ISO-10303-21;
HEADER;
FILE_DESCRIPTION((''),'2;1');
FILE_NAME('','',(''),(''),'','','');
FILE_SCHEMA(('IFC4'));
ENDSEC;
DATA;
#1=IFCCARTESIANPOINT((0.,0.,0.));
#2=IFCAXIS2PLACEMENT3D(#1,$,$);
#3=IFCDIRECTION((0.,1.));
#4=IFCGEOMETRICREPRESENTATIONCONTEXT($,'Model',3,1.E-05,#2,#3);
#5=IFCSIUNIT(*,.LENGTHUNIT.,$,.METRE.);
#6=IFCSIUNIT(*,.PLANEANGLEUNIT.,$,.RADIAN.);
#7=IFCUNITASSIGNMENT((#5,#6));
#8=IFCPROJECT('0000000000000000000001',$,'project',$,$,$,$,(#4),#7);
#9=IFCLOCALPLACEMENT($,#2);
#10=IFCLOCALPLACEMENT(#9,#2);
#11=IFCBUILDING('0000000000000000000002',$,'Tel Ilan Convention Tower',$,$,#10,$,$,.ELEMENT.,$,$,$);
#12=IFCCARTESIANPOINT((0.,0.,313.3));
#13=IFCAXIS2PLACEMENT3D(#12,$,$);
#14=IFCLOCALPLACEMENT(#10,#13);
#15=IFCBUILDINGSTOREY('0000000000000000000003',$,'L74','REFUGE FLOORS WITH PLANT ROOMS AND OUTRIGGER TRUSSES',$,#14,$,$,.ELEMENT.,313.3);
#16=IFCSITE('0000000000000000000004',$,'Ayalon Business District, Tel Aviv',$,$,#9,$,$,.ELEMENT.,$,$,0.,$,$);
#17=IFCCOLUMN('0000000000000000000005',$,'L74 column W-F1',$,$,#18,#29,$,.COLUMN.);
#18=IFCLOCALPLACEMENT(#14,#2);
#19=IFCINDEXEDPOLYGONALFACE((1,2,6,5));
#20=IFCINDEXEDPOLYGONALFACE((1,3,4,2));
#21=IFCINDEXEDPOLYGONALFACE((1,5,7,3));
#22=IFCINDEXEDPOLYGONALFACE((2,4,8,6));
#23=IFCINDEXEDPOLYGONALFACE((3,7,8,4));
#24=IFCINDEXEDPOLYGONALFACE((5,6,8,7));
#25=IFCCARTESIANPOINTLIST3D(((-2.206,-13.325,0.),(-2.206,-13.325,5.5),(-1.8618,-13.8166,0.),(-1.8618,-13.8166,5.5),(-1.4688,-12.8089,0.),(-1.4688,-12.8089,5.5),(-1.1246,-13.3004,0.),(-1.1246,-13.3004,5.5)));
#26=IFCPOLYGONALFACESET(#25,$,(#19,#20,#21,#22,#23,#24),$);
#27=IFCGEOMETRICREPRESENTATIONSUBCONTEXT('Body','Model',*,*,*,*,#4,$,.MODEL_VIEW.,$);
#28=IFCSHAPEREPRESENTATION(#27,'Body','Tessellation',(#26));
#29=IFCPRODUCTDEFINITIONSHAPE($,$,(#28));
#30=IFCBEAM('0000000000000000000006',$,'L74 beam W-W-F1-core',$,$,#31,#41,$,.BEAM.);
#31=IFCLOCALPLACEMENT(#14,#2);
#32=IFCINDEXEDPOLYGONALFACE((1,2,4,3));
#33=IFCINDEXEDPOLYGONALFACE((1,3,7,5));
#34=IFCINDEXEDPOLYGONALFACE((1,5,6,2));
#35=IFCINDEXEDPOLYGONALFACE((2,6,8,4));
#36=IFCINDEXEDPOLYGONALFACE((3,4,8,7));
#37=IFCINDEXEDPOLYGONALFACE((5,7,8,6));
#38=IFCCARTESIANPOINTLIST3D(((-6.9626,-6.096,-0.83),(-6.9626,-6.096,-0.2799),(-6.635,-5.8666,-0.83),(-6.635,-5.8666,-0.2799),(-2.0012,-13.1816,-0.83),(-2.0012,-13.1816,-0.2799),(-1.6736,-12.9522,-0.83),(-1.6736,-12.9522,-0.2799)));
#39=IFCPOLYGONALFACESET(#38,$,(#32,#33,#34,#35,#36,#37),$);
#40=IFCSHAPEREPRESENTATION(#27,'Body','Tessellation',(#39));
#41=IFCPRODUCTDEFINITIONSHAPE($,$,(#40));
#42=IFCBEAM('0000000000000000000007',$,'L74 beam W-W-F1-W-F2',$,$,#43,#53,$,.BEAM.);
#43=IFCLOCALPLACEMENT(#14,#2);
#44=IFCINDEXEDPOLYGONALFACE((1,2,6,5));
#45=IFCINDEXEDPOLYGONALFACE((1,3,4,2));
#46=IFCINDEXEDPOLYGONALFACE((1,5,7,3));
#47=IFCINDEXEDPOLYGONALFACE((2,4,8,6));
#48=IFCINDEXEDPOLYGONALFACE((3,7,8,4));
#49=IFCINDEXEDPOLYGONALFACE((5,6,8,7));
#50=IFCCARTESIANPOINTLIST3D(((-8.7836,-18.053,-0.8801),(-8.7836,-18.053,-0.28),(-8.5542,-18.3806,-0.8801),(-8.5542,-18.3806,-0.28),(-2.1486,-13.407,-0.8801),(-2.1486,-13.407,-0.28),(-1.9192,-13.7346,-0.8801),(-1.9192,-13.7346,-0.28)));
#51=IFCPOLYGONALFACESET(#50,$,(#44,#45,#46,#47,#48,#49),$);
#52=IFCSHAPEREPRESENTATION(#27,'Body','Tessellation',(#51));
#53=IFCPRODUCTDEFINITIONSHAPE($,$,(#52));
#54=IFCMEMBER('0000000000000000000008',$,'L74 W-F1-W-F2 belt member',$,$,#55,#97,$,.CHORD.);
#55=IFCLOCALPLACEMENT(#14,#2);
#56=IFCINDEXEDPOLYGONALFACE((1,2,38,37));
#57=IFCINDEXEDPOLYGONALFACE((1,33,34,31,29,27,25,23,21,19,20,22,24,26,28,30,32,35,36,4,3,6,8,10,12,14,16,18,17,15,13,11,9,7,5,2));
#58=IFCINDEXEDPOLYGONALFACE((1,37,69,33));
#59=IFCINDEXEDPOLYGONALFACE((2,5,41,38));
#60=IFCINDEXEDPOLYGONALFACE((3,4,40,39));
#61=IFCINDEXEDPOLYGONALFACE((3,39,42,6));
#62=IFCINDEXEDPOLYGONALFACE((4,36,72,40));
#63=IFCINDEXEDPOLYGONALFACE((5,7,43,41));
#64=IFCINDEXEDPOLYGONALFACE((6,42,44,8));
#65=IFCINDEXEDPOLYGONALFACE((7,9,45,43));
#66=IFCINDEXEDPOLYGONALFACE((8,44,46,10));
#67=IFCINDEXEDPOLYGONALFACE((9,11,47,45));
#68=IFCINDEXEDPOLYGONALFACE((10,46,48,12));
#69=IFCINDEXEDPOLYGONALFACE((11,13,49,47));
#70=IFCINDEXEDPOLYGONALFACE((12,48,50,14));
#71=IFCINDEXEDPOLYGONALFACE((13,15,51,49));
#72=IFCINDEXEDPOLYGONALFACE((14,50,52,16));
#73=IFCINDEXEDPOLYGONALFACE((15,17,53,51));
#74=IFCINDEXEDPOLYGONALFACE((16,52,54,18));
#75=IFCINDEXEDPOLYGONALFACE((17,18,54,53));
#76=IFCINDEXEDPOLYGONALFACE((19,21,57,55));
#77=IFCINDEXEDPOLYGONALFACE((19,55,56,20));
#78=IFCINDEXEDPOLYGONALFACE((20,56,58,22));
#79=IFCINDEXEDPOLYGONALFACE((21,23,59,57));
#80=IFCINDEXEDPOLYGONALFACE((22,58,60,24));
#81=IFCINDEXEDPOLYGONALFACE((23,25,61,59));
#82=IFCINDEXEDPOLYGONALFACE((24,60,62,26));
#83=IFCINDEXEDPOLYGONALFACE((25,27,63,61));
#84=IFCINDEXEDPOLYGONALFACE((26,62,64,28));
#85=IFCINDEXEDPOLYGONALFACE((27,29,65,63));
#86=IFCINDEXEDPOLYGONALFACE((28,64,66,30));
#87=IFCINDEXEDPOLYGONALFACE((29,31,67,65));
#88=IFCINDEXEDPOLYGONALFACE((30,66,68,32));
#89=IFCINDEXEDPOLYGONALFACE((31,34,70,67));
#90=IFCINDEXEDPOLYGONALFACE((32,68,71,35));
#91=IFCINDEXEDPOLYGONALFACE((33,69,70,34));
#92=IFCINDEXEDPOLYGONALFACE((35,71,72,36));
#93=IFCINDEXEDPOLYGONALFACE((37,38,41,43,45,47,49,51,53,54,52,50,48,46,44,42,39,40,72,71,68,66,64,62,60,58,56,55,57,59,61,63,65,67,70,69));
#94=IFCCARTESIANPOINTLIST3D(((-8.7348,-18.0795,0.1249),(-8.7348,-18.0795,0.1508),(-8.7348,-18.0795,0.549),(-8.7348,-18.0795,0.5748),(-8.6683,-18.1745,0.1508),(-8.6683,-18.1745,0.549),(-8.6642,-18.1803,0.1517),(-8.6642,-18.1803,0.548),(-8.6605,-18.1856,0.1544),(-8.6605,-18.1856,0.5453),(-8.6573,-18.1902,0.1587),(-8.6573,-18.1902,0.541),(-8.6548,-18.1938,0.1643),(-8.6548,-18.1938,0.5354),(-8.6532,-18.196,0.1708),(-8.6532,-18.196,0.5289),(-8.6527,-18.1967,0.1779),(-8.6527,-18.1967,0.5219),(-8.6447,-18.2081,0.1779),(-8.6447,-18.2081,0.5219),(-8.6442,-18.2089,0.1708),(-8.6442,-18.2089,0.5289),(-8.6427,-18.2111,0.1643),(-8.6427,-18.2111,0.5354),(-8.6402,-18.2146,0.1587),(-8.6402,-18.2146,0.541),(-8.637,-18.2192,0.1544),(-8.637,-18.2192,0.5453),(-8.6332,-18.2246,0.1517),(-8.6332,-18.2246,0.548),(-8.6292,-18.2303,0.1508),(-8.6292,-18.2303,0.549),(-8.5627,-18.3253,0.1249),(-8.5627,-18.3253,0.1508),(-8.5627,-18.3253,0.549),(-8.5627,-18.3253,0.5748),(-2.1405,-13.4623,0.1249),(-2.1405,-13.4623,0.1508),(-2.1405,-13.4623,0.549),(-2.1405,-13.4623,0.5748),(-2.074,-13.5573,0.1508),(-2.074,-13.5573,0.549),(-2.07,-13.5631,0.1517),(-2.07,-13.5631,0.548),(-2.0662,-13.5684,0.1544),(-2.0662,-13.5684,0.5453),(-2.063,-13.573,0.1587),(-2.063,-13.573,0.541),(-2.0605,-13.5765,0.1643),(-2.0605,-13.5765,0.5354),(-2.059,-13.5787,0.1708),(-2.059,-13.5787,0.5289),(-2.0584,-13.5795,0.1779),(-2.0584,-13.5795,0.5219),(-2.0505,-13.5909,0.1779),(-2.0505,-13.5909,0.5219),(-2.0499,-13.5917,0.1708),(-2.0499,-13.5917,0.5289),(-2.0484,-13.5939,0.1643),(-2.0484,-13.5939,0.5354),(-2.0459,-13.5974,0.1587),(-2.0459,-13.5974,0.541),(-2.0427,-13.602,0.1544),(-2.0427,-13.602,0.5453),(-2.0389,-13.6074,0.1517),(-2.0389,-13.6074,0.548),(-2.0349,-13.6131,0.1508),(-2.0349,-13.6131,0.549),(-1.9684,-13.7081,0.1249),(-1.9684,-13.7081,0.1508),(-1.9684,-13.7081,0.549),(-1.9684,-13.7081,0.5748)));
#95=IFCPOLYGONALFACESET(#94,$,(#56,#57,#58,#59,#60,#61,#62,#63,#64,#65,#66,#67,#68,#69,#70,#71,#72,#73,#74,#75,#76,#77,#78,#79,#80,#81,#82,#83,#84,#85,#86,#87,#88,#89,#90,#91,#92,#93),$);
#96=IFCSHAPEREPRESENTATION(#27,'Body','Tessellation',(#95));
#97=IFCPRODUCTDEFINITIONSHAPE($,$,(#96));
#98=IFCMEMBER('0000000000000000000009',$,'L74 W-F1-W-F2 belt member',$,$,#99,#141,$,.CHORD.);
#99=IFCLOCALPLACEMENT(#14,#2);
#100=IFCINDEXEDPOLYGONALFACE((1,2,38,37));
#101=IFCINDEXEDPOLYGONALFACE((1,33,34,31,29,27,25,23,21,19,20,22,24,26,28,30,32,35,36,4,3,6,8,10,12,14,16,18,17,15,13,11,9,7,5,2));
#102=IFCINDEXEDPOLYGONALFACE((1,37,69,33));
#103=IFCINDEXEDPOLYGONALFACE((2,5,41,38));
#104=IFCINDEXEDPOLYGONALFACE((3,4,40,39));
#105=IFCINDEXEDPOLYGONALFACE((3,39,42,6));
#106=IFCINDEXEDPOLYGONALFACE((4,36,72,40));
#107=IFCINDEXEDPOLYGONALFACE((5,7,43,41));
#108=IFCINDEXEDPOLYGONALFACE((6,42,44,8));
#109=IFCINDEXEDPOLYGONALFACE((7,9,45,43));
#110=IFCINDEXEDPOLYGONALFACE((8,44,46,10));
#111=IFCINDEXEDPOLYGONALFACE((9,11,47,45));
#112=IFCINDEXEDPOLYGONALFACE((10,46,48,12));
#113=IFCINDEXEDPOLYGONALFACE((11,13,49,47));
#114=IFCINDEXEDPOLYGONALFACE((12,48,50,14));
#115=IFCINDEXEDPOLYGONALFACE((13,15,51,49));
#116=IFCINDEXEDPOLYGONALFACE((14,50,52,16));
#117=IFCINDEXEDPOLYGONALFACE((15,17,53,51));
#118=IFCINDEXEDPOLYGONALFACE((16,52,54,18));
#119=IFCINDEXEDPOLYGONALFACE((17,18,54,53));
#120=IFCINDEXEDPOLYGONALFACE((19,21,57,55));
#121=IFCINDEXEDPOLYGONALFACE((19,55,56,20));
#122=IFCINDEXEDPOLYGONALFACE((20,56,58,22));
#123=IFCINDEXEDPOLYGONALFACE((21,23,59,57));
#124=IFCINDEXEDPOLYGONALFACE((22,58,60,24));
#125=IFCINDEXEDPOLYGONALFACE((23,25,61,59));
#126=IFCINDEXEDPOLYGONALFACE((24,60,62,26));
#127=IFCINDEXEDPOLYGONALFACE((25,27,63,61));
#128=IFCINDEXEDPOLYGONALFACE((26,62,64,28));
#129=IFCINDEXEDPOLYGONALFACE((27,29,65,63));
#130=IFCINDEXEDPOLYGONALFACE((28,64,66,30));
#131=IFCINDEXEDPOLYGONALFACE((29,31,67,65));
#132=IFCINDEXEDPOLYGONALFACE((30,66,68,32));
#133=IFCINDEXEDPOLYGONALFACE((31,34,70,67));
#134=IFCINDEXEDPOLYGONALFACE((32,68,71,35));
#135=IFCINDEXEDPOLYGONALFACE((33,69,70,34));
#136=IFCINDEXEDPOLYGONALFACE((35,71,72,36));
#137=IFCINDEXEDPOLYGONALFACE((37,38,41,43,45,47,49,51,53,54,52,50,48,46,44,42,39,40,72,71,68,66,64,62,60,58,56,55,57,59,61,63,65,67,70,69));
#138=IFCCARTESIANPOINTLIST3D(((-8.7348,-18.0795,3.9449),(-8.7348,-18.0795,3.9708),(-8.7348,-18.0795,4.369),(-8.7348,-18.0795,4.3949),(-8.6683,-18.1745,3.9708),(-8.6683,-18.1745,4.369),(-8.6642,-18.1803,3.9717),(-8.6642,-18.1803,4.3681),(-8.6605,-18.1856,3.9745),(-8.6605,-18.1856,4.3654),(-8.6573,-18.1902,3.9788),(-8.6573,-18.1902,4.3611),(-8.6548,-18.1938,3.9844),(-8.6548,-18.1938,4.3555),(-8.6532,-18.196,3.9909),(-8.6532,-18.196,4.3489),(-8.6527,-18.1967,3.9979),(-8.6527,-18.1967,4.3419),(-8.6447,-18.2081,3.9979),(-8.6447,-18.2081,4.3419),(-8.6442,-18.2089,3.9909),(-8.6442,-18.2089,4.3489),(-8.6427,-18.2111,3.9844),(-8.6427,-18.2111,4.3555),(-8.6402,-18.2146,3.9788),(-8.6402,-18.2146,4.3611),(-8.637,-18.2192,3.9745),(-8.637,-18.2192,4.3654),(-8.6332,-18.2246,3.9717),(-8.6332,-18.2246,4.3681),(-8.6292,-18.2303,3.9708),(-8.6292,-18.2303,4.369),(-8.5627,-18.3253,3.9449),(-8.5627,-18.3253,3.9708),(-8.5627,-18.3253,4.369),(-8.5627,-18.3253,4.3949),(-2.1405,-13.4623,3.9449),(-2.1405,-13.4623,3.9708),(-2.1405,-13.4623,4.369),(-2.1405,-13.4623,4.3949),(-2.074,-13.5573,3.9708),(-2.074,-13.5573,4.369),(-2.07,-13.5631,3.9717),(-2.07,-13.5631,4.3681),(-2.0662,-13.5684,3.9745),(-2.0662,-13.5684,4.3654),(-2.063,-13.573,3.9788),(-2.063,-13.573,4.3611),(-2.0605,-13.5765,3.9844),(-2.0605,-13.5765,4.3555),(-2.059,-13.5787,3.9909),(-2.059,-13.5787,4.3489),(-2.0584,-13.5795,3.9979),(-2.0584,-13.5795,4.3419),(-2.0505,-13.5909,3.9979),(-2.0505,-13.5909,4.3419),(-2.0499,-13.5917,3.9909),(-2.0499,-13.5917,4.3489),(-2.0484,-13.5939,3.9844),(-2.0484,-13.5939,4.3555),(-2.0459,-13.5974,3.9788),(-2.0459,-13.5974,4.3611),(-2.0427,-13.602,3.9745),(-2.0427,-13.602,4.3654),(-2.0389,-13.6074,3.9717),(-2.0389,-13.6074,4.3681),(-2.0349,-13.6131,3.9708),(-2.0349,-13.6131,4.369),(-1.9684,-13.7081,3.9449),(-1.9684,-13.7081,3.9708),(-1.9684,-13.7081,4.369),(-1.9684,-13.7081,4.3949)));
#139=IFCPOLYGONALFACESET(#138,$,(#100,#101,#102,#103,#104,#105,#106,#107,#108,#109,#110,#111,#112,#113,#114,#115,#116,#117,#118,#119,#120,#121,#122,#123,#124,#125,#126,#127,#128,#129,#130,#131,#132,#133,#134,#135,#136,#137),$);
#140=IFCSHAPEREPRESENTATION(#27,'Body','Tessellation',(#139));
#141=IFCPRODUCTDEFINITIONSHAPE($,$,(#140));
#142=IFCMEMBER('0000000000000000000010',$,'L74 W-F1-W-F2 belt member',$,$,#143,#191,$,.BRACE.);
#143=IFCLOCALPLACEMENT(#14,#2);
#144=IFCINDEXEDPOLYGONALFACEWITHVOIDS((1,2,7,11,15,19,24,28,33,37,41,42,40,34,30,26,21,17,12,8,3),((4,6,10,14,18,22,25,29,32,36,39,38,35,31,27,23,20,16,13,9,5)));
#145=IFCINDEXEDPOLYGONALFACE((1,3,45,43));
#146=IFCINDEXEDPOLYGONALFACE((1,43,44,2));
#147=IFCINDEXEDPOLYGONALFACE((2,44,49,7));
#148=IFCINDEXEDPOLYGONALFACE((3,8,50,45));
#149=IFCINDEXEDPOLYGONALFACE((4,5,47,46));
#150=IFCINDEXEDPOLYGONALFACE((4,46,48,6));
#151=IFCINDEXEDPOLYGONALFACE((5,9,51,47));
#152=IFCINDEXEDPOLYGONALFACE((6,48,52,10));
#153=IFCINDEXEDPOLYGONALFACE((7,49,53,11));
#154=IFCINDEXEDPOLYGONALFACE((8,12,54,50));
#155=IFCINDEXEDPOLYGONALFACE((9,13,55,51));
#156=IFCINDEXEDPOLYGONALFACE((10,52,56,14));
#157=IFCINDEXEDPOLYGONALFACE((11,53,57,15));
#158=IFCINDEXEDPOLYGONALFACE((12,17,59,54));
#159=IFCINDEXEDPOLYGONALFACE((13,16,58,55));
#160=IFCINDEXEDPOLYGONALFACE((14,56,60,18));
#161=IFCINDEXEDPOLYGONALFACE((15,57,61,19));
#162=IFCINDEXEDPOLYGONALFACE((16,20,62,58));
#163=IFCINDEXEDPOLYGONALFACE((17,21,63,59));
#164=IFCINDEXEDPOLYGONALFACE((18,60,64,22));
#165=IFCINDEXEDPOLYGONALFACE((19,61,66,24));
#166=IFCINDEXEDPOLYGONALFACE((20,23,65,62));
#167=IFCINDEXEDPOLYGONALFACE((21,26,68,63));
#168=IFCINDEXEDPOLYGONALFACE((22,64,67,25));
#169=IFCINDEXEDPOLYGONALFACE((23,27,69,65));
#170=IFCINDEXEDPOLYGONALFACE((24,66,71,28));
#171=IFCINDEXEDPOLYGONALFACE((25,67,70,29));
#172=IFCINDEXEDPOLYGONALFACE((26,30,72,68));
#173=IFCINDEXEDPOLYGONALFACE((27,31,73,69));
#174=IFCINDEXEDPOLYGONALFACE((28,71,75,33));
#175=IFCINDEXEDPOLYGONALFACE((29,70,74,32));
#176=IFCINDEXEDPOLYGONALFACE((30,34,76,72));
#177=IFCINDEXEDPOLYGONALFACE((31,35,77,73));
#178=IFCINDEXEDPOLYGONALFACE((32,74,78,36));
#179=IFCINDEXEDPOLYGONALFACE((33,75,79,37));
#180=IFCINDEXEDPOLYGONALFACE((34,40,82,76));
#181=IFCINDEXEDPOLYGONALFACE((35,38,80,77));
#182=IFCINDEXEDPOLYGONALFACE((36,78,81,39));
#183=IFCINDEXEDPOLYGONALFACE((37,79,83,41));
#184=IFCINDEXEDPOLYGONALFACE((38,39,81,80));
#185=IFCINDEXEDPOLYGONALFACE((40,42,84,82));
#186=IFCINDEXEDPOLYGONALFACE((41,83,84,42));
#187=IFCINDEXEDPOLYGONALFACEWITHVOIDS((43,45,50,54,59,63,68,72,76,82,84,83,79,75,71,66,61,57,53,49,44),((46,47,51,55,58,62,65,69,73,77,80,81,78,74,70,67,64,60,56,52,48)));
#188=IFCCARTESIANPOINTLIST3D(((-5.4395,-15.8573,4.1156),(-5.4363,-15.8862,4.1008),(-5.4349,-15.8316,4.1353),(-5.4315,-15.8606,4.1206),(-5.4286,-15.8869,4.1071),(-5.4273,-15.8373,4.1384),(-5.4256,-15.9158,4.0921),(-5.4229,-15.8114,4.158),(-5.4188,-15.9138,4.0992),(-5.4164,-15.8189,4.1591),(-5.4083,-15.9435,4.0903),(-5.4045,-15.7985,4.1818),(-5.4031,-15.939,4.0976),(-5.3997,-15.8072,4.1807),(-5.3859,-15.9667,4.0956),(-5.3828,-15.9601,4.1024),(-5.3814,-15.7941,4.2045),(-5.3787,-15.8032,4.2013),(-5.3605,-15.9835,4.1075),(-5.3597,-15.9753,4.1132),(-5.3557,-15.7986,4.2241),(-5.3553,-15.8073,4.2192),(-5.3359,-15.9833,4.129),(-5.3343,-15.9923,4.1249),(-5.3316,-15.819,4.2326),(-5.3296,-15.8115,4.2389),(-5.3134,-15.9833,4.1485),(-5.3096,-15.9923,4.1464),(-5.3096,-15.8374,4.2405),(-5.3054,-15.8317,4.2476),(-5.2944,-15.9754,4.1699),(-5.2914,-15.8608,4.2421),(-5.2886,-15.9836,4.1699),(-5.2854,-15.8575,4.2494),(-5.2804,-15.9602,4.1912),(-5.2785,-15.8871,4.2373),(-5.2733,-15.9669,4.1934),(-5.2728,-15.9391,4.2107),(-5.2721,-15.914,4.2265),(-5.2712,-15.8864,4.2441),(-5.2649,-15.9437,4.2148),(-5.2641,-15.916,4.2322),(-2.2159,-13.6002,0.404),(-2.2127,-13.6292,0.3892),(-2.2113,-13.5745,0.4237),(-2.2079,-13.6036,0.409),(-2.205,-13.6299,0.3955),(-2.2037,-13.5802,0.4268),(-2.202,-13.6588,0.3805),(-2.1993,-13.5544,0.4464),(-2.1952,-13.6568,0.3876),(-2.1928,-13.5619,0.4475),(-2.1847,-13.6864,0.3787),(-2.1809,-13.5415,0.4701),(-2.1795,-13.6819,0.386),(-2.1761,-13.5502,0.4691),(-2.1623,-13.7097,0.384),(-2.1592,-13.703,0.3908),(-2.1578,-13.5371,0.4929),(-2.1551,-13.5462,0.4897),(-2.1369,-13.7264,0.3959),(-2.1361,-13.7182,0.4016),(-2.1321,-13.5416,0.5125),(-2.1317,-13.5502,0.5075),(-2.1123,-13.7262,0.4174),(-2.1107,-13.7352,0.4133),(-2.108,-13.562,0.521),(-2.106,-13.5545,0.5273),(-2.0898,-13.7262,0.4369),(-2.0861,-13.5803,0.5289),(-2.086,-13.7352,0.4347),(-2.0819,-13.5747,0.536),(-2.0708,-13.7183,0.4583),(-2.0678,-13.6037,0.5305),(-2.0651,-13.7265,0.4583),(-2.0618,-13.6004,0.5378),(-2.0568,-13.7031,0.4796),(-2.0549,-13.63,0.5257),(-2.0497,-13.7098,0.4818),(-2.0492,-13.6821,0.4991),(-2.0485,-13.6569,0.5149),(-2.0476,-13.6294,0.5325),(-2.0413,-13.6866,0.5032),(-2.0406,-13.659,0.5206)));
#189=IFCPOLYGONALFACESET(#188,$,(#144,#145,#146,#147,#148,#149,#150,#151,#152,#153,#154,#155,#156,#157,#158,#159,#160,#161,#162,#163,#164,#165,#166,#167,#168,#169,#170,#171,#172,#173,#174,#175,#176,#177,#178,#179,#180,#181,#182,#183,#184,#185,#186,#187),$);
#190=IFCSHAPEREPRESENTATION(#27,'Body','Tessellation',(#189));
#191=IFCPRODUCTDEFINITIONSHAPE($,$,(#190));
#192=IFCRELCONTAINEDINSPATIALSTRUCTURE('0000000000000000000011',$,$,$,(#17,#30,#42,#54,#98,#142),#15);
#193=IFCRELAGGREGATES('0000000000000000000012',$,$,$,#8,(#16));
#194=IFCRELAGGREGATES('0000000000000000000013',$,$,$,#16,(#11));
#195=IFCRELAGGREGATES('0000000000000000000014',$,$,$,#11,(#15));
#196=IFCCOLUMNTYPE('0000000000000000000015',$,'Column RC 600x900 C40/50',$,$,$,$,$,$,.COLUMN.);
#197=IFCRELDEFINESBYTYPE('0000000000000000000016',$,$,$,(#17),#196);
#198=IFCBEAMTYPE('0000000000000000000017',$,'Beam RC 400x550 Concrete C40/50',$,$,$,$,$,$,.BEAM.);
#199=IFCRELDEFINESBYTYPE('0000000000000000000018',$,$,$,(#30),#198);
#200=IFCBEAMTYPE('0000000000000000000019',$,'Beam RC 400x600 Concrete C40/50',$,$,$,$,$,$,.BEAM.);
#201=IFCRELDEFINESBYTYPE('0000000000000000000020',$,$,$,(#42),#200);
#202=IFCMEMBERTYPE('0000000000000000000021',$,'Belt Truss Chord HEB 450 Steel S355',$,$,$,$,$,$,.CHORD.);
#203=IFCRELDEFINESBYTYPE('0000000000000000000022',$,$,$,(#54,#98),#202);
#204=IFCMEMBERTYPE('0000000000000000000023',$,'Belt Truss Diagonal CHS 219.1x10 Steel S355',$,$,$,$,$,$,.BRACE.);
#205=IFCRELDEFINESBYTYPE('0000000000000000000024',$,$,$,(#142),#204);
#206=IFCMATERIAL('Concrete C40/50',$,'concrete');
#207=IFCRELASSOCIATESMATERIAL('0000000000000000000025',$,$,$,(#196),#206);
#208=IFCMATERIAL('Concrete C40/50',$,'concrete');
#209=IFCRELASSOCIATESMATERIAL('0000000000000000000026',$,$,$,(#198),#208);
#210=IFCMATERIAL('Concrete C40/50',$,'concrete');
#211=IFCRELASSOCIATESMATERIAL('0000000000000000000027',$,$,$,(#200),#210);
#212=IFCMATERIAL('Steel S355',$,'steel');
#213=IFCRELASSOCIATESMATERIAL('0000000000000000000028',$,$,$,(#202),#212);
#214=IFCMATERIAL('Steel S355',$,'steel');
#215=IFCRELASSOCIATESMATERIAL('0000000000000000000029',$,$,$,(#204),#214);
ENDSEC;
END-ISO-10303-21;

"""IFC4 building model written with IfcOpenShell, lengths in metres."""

from ifc_helpers import new_model, si_unit, direction, frame, origin, origin_2d, place, context, subcontext, project, spatial, rectangle, hollow_circle, i_section, extrude, material, material_profile, profile_set, type_object, element, save


model = new_model("IFC4")

# Units and contexts
model_context = context("Model", 3, precision=1e-05, world=origin(), true_north=direction((0.0, 1.0)))
body_context = subcontext(model_context, "Body", "Model", "MODEL_VIEW")
ifc_project = project(units=[si_unit("LENGTHUNIT", "METRE"), si_unit("PLANEANGLEUNIT", "RADIAN")], contexts=[model_context])

# Site, building, storey
site_placement = place(None, origin())
site = spatial("IfcSite", under=ifc_project, at=site_placement, Name="Ayalon Business District, Tel Aviv", CompositionType="ELEMENT", RefElevation=0.0)
building_placement = place(site_placement, origin())
building = spatial("IfcBuilding", under=site, at=building_placement, Name="Tel Ilan Convention Tower", CompositionType="ELEMENT")
storey_placement = place(building_placement, frame((0.0, 0.0, 313.3)))
storey = spatial("IfcBuildingStorey", under=building, at=storey_placement, Name="L74", Description="REFUGE FLOORS WITH PLANT ROOMS AND OUTRIGGER TRUSSES", CompositionType="ELEMENT", Elevation=313.3)

# Column
ifc_material_1 = material(Name="Concrete C40/50", Category="concrete")
ifc_material_profile_1 = material_profile(ifc_material_1, rectangle(XDim=0.8999, YDim=0.6001, at=origin_2d()), Name="RC 600x900")
ifc_profile_set_1 = profile_set([ifc_material_profile_1], Name="Concrete C40/50")
column_type = type_object("IfcColumnType", Name="Column RC 600x900 C40/50", PredefinedType="COLUMN", material=ifc_profile_set_1)
column_placement = place(storey_placement, frame((-1.6653, -13.3127, 0.0), z_axis=(0.0, 0.0, 1.0), x_axis=(-0.819152, -0.573576, 0.0)))
element("IfcColumn", 1, at=column_placement, inside=storey, type_object=column_type, Name="L74 column W-F1", PredefinedType="COLUMN", context=body_context, shape_type="SweptSolid", body=[
    extrude(rectangle(XDim=0.8999, YDim=0.6001, at=origin_2d()), origin(), (0.0, 0.0, 1.0), 5.5),
])

# Beams
ifc_material_2 = material(Name="Concrete C40/50", Category="concrete")
ifc_material_profile_2 = material_profile(ifc_material_2, rectangle(XDim=0.3999, YDim=0.55, at=origin_2d()), Name="RC 400x550")
ifc_profile_set_2 = profile_set([ifc_material_profile_2], Name="Concrete C40/50")
beam_type_1 = type_object("IfcBeamType", Name="Beam RC 400x550 Concrete C40/50", PredefinedType="BEAM", material=ifc_profile_set_2)
beam_1_placement = place(storey_placement, frame((-1.8374, -13.0669, -0.5549), z_axis=(-0.573574, 0.819154, 0.0), x_axis=(-0.819154, -0.573574, 0.0)))
element("IfcBeam", 2, at=beam_1_placement, inside=storey, type_object=beam_type_1, Name="L74 beam W-W-F1-core", PredefinedType="BEAM", context=body_context, shape_type="SweptSolid", body=[
    extrude(rectangle(XDim=0.3999, YDim=0.55, at=origin_2d()), origin(), (0.0, 0.0, 1.0), 8.6499),
])
ifc_material_3 = material(Name="Concrete C40/50", Category="concrete")
ifc_material_profile_3 = material_profile(ifc_material_3, rectangle(XDim=0.3999, YDim=0.6001, at=origin_2d()), Name="RC 400x600")
ifc_profile_set_3 = profile_set([ifc_material_profile_3], Name="Concrete C40/50")
beam_type_2 = type_object("IfcBeamType", Name="Beam RC 400x600 Concrete C40/50", PredefinedType="BEAM", material=ifc_profile_set_3)
beam_2_placement = place(storey_placement, frame((-2.0339, -13.5708, -0.5801), z_axis=(-0.819146, -0.573586, 0.0), x_axis=(0.573586, -0.819146, 0.0)))
element("IfcBeam", 3, at=beam_2_placement, inside=storey, type_object=beam_type_2, Name="L74 beam W-W-F1-W-F2", PredefinedType="BEAM", context=body_context, shape_type="SweptSolid", body=[
    extrude(rectangle(XDim=0.3999, YDim=0.6001, at=origin_2d()), origin(), (0.0, 0.0, 1.0), 8.0999),
])

# Members
ifc_material_4 = material(Name="Steel S355", Category="steel")
ifc_material_profile_4 = material_profile(ifc_material_4, i_section(OverallWidth=0.3, OverallDepth=0.45, WebThickness=0.0139, FlangeThickness=0.0259, FilletRadius=0.0271, at=origin_2d()), Name="HEB 450")
ifc_profile_set_4 = profile_set([ifc_material_profile_4], Name="Steel S355")
member_type_1 = type_object("IfcMemberType", Name="Belt Truss Chord HEB 450 Steel S355", PredefinedType="CHORD", material=ifc_profile_set_4)
for number, where, z_axis, x_axis, name in (
    (4, (-2.0544, -13.5852, 0.3499), (-0.819161, -0.573564, 0.0), (0.573564, -0.819161, 0.0), "L74 W-F1-W-F2 belt member"),
    (5, (-2.0544, -13.5852, 4.1699), (-0.819161, -0.573564, 0.0), (0.573564, -0.819161, 0.0), "L74 W-F1-W-F2 belt member"),
):
    element("IfcMember", number, at=place(storey_placement, frame(where, z_axis=z_axis, x_axis=x_axis)), inside=storey, type_object=member_type_1, Name=name, PredefinedType="CHORD", context=body_context, shape_type="SweptSolid", body=[
        extrude(i_section(OverallWidth=0.3, OverallDepth=0.45, WebThickness=0.0139, FlangeThickness=0.0259, FilletRadius=0.0271, at=origin_2d()), origin(), (0.0, 0.0, 1.0), 8.05),
    ])
ifc_material_5 = material(Name="Steel S355", Category="steel")
ifc_material_profile_5 = material_profile(ifc_material_5, hollow_circle(Radius=0.1096, WallThickness=0.01, at=origin_2d()), Name="CHS 219.1x10")
ifc_profile_set_5 = profile_set([ifc_material_profile_5], Name="Steel S355")
member_type_2 = type_object("IfcMemberType", Name="Belt Truss Diagonal CHS 219.1x10 Steel S355", PredefinedType="BRACE", material=ifc_profile_set_5)
member_1_placement = place(storey_placement, frame((-2.1279, -13.6367, 0.4583), z_axis=(-0.59592, -0.417244, 0.686139), x_axis=(0.573554, -0.819168, 0.0)))
element("IfcMember", 6, at=member_1_placement, inside=storey, type_object=member_type_2, Name="L74 W-F1-W-F2 belt member", PredefinedType="BRACE", context=body_context, shape_type="SweptSolid", body=[
    extrude(hollow_circle(Radius=0.1096, WallThickness=0.01, at=origin_2d()), origin(), (0.0, 0.0, 1.0), 5.4094),
])

save(model, "model.ifc")
